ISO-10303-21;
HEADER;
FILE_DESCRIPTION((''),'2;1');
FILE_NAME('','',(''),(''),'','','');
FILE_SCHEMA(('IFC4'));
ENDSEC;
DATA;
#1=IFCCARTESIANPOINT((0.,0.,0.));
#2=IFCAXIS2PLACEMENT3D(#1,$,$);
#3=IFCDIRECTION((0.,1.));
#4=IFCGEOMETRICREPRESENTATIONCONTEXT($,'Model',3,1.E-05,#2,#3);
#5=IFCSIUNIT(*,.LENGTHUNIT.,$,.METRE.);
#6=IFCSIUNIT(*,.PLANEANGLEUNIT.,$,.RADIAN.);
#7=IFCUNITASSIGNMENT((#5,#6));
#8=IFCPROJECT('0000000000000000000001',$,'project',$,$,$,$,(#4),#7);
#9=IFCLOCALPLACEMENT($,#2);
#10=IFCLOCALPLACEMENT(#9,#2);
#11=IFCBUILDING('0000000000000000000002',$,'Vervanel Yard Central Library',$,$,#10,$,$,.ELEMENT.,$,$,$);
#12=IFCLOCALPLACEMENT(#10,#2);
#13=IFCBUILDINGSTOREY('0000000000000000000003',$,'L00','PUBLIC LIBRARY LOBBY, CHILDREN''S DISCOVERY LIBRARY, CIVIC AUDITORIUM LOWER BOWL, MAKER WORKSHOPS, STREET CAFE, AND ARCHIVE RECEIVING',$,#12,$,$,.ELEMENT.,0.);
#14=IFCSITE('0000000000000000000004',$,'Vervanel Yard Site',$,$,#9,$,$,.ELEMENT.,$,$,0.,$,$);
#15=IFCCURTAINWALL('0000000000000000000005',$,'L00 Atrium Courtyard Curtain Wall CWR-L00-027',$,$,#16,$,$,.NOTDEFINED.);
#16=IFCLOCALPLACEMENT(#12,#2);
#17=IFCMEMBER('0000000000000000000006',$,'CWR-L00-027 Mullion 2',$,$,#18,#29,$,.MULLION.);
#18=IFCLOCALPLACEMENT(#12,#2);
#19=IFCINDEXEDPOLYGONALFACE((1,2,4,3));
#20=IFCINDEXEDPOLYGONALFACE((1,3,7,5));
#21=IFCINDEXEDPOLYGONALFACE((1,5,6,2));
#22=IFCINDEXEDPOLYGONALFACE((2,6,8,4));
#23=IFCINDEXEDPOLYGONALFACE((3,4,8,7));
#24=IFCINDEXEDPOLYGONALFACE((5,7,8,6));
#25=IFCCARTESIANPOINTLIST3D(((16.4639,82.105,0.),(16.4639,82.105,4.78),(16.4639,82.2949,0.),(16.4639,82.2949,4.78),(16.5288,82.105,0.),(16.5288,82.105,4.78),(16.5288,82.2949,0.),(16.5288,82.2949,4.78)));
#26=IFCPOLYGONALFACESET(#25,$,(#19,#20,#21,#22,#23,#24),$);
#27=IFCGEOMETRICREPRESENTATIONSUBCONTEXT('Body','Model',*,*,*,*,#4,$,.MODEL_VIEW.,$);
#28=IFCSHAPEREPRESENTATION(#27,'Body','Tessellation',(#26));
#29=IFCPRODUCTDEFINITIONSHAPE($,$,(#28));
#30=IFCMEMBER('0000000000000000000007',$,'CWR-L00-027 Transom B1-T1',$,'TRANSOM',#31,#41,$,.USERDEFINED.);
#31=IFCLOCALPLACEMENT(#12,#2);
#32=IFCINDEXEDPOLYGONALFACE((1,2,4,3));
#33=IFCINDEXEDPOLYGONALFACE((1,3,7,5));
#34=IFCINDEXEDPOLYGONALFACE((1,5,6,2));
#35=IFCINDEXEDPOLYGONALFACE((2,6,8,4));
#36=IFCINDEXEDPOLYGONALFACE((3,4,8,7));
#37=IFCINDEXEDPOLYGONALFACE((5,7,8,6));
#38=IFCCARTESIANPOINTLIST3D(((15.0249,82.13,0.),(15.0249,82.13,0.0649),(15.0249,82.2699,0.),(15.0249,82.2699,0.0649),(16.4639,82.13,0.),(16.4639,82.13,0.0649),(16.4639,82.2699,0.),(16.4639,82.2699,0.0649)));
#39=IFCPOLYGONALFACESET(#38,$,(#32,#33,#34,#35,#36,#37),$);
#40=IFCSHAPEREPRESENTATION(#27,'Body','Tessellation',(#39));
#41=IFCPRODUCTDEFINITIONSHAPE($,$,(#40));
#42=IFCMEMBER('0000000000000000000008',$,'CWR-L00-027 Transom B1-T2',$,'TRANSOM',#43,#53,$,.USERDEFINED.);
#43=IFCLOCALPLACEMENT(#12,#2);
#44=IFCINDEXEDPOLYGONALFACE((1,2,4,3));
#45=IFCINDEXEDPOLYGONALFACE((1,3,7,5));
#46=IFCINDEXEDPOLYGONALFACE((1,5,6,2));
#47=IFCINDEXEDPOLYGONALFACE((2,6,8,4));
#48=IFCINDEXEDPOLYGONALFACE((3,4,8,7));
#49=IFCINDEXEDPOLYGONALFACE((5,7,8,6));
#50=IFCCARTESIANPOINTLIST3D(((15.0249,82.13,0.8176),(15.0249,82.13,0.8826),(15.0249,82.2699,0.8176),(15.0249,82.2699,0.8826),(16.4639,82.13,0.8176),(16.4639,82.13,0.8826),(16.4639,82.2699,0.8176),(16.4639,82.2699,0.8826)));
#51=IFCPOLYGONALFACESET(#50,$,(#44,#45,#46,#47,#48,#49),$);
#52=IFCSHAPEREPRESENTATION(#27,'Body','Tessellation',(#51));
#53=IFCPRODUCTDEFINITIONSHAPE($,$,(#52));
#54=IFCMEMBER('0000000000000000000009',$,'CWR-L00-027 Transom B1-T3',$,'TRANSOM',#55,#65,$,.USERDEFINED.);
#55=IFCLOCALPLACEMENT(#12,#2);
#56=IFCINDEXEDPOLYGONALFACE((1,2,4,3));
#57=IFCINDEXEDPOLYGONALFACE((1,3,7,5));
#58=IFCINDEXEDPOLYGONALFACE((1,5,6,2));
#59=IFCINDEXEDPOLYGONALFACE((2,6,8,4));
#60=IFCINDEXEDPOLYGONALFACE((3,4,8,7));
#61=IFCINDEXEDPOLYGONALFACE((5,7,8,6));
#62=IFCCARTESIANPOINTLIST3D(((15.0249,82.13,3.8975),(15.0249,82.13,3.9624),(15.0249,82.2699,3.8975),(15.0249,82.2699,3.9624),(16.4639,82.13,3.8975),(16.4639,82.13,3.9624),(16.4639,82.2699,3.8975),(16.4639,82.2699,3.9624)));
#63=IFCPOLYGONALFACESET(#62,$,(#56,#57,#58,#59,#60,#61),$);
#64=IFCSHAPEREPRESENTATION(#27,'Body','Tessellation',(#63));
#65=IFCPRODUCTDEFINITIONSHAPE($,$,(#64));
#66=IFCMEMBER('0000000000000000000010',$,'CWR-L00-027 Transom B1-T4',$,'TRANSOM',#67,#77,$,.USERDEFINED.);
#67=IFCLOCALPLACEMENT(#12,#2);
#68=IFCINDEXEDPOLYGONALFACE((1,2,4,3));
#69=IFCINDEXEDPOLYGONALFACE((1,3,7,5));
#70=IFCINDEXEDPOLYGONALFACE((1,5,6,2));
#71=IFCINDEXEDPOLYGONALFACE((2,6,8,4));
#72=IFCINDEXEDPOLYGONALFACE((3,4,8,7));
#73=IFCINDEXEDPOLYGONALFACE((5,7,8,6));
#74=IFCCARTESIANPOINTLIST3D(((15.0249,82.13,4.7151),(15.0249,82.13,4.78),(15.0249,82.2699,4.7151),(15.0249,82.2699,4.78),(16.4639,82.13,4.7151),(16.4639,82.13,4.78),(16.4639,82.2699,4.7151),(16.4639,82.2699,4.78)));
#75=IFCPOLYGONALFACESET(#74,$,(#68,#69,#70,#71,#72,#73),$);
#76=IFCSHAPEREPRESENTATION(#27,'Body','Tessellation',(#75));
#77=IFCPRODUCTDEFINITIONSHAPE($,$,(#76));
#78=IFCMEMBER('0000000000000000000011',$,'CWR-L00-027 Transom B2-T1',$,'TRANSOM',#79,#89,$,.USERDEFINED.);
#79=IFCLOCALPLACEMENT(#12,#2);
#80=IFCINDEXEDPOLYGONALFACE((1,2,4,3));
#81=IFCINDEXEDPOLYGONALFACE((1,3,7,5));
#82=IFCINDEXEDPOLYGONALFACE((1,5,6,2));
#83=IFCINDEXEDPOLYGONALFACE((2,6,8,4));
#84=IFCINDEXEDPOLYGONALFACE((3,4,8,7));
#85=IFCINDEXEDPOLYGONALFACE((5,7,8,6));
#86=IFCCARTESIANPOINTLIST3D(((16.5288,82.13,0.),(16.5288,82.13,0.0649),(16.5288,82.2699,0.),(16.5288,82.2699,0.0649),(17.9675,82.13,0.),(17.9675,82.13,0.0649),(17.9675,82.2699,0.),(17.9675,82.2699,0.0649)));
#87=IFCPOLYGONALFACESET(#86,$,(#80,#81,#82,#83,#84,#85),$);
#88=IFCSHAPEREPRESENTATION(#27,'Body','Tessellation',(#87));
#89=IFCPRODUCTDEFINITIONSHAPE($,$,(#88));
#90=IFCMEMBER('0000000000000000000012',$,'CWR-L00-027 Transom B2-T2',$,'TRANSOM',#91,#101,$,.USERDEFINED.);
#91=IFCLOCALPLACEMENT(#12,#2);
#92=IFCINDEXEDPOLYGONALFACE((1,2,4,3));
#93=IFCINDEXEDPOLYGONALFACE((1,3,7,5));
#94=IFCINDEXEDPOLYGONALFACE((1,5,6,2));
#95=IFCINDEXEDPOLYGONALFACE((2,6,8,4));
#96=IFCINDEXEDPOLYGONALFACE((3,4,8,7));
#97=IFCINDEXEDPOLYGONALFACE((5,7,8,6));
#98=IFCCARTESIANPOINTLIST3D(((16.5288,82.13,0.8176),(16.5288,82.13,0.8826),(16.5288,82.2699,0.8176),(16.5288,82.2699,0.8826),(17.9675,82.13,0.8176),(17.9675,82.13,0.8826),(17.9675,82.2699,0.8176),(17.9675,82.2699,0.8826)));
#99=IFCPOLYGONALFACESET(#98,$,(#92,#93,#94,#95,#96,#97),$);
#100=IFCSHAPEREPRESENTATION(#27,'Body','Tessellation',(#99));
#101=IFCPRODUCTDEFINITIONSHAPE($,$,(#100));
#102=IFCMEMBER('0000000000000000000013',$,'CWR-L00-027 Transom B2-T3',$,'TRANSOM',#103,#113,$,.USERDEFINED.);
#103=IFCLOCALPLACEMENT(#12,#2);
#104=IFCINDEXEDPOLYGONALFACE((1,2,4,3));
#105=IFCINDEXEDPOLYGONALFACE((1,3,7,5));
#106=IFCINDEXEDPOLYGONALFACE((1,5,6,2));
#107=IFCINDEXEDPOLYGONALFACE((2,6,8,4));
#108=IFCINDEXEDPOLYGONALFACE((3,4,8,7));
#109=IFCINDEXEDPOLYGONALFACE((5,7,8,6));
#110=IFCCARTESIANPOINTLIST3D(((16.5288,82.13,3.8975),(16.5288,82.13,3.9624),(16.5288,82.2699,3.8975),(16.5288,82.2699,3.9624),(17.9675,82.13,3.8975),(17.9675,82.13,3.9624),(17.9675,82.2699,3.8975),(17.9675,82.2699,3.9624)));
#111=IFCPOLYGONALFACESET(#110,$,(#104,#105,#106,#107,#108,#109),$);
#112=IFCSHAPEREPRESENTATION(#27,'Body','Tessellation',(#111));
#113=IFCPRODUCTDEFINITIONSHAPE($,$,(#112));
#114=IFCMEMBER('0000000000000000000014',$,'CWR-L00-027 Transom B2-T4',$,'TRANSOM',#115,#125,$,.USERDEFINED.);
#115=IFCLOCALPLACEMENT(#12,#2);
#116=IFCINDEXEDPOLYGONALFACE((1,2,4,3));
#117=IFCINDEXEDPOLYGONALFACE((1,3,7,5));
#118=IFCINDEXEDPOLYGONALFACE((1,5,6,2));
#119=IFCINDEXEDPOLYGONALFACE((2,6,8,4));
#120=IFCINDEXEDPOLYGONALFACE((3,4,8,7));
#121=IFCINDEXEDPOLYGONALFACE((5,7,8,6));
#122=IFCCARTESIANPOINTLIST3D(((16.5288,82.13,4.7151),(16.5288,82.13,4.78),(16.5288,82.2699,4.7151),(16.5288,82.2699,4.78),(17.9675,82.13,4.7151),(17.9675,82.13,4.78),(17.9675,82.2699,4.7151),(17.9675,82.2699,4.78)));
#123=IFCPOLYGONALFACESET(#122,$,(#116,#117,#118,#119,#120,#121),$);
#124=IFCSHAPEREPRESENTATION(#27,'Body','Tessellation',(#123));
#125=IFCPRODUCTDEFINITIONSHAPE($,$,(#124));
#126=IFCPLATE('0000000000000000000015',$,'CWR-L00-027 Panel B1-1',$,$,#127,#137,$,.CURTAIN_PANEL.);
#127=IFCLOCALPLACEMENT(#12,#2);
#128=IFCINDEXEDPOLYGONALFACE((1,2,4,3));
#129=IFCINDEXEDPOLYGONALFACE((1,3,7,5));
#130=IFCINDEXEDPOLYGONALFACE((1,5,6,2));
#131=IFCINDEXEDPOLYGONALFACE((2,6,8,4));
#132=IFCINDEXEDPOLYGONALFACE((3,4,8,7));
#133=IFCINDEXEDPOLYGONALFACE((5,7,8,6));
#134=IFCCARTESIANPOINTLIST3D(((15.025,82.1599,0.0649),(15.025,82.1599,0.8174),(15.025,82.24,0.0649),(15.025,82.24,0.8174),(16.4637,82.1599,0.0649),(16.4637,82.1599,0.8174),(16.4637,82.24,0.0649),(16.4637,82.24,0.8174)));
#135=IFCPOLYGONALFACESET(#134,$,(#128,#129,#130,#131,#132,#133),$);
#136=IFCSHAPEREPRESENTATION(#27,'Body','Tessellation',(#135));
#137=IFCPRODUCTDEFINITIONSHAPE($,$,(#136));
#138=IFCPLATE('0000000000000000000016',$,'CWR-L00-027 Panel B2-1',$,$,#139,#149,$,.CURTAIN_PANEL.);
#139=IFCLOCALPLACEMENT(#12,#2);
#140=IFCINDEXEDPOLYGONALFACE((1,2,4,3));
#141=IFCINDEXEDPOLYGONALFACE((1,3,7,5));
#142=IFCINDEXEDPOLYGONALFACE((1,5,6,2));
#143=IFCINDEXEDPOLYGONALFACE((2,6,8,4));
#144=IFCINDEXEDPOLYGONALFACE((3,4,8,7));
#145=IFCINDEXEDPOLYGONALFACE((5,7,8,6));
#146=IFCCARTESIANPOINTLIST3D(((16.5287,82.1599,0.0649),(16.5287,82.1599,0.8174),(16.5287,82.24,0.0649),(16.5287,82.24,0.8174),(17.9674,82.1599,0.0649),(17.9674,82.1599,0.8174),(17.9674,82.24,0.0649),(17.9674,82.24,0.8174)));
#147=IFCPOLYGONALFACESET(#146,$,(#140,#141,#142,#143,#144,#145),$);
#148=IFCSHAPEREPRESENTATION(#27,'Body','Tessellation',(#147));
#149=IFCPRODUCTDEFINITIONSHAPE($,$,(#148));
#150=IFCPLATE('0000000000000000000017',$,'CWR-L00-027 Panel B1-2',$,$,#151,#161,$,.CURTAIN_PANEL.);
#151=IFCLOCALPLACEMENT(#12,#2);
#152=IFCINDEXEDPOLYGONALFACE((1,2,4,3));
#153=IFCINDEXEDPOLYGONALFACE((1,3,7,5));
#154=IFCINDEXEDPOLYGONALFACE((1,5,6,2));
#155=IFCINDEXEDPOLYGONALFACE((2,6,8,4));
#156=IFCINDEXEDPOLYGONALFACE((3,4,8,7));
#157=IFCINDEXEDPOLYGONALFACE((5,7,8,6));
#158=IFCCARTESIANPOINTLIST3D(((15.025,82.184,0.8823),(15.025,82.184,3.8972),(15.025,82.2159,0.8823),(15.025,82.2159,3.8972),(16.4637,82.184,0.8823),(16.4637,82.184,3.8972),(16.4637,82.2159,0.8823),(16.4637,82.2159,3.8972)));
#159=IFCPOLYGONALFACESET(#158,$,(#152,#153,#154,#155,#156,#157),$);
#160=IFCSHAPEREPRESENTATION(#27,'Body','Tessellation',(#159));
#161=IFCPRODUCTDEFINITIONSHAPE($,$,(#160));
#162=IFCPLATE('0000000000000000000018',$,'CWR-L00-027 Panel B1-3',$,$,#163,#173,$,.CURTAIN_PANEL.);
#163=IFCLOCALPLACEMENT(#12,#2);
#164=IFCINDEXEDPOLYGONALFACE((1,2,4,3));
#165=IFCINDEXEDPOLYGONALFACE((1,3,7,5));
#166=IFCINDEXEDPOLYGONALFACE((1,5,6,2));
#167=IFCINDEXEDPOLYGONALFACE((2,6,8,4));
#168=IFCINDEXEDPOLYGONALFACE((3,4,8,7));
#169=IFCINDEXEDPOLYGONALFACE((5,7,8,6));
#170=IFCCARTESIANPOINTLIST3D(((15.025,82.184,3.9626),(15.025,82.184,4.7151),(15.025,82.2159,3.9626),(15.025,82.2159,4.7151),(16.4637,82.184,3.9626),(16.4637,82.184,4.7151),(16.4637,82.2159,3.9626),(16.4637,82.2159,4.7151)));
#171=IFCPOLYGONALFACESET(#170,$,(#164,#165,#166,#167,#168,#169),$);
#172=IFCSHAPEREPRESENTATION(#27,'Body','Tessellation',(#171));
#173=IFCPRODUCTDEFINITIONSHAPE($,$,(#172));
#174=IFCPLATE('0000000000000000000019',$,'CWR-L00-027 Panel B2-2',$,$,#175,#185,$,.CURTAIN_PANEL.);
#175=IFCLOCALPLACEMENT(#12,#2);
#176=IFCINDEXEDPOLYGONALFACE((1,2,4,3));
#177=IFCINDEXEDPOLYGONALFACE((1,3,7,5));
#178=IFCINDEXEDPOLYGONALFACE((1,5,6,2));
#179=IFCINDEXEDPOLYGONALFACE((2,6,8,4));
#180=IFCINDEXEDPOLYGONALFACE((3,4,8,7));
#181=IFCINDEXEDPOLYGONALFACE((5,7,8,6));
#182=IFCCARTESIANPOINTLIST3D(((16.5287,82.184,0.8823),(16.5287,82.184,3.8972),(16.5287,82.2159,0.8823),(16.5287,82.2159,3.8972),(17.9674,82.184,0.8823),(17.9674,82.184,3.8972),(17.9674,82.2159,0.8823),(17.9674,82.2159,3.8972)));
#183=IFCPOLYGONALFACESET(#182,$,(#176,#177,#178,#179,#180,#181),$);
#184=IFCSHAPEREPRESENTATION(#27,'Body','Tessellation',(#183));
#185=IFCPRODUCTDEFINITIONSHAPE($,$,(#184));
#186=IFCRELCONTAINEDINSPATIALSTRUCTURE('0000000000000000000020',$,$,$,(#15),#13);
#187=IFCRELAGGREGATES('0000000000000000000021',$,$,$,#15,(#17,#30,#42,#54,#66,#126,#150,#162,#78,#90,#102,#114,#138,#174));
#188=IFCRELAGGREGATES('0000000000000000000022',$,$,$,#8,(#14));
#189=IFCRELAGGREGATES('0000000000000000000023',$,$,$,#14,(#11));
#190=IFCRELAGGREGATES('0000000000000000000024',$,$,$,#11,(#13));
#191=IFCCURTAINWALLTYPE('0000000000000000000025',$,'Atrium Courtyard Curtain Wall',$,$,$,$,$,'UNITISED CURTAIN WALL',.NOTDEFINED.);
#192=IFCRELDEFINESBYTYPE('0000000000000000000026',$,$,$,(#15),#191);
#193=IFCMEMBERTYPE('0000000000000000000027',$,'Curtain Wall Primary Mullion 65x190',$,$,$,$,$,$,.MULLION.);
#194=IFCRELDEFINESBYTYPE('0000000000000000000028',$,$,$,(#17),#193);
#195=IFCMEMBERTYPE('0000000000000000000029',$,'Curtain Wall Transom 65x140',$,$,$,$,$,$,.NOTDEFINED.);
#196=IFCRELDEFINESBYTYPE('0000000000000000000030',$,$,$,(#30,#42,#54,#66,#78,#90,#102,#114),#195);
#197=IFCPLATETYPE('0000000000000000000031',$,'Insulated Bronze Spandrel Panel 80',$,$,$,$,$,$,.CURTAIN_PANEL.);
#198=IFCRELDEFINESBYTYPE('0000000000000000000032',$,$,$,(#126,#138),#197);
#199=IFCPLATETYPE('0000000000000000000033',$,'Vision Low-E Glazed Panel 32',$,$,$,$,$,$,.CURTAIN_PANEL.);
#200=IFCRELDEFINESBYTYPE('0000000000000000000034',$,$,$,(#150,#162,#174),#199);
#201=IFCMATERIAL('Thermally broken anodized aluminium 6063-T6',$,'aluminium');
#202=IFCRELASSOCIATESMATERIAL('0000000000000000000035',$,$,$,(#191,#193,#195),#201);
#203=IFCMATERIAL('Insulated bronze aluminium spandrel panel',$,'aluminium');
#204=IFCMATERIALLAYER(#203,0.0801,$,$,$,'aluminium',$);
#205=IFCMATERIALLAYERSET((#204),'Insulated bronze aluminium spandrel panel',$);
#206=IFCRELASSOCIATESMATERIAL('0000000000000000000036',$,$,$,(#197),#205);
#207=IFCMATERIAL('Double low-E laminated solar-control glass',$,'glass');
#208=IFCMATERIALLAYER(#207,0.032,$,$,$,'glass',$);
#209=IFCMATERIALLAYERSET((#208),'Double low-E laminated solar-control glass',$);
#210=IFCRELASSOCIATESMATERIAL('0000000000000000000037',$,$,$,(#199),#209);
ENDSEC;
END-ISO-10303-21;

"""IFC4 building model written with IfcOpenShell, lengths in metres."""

from ifc_helpers import new_model, si_unit, direction, frame, origin, origin_2d, place, context, subcontext, project, spatial, rectangle, extrude, material, layer, layer_set, material_profile, profile_set, type_object, element, aggregate, save


model = new_model("IFC4")

# Units and contexts
model_context = context("Model", 3, precision=1e-05, world=origin(), true_north=direction((0.0, 1.0)))
body_context = subcontext(model_context, "Body", "Model", "MODEL_VIEW")
ifc_project = project(units=[si_unit("LENGTHUNIT", "METRE"), si_unit("PLANEANGLEUNIT", "RADIAN")], contexts=[model_context])

# Site, building, storey
site_placement = place(None, origin())
site = spatial("IfcSite", under=ifc_project, at=site_placement, Name="Vervanel Yard Site", CompositionType="ELEMENT", RefElevation=0.0)
building_placement = place(site_placement, origin())
building = spatial("IfcBuilding", under=site, at=building_placement, Name="Vervanel Yard Central Library", CompositionType="ELEMENT")
storey_placement = place(building_placement, origin())
storey = spatial("IfcBuildingStorey", under=building, at=storey_placement, Name="L00", Description="PUBLIC LIBRARY LOBBY, CHILDREN'S DISCOVERY LIBRARY, CIVIC AUDITORIUM LOWER BOWL, MAKER WORKSHOPS, STREET CAFE, AND ARCHIVE RECEIVING", CompositionType="ELEMENT", Elevation=0.0)

# Curtain wall, members, plates
ifc_material_1 = material(Name="Thermally broken anodized aluminium 6063-T6", Category="aluminium")
curtain_wall_type = type_object("IfcCurtainWallType", Name="Atrium Courtyard Curtain Wall", ElementType="UNITISED CURTAIN WALL", PredefinedType="NOTDEFINED", material=ifc_material_1)
curtain_wall_placement = place(storey_placement, origin())
curtain_wall = element("IfcCurtainWall", 1, at=curtain_wall_placement, inside=storey, type_object=curtain_wall_type, Name="L00 Atrium Courtyard Curtain Wall CWR-L00-027", PredefinedType="NOTDEFINED")
ifc_material_profile_1 = material_profile(ifc_material_1, rectangle(XDim=0.0649, YDim=0.1899, at=origin_2d()), Name="ALU 65x190", Category="aluminium")
ifc_profile_set_1 = profile_set([ifc_material_profile_1], Name="Thermally broken anodized aluminium 6063-T6")
member_type_1 = type_object("IfcMemberType", Name="Curtain Wall Primary Mullion 65x190", PredefinedType="MULLION", material=ifc_profile_set_1)
member_1_placement = place(storey_placement, frame((16.4963, 82.2, 0.0), z_axis=(0.0, 0.0, 1.0), x_axis=(1.0, 0.0, 0.0)))
member_1 = element("IfcMember", 2, at=member_1_placement, type_object=member_type_1, Name="CWR-L00-027 Mullion 2", PredefinedType="MULLION", context=body_context, shape_type="SweptSolid", body=[
    extrude(rectangle(XDim=0.0649, YDim=0.1899, at=origin_2d()), origin(), (0.0, 0.0, 1.0), 4.78),
])
ifc_material_profile_2 = material_profile(ifc_material_1, rectangle(XDim=0.0649, YDim=0.1399, at=origin_2d()), Name="ALU 65x140", Category="aluminium")
ifc_profile_set_2 = profile_set([ifc_material_profile_2], Name="Thermally broken anodized aluminium 6063-T6")
member_type_2 = type_object("IfcMemberType", Name="Curtain Wall Transom 65x140", PredefinedType="NOTDEFINED", material=ifc_profile_set_2)
member_2_placement = place(storey_placement, frame((15.0249, 82.2, 0.0325), z_axis=(1.0, 0.0, 0.0), x_axis=(0.0, 0.0, 1.0)))
member_2 = element("IfcMember", 3, at=member_2_placement, type_object=member_type_2, Name="CWR-L00-027 Transom B1-T1", ObjectType="TRANSOM", PredefinedType="USERDEFINED", context=body_context, shape_type="SweptSolid", body=[
    extrude(rectangle(XDim=0.0649, YDim=0.1399, at=origin_2d()), origin(), (0.0, 0.0, 1.0), 1.439),
])
member_3_placement = place(storey_placement, frame((15.0249, 82.2, 0.8501), z_axis=(1.0, 0.0, 0.0), x_axis=(0.0, 0.0, 1.0)))
member_3 = element("IfcMember", 4, at=member_3_placement, type_object=member_type_2, Name="CWR-L00-027 Transom B1-T2", ObjectType="TRANSOM", PredefinedType="USERDEFINED", context=body_context, shape_type="SweptSolid", body=[
    extrude(rectangle(XDim=0.0649, YDim=0.1399, at=origin_2d()), origin(), (0.0, 0.0, 1.0), 1.439),
])
member_4_placement = place(storey_placement, frame((15.0249, 82.2, 3.9299), z_axis=(1.0, 0.0, 0.0), x_axis=(0.0, 0.0, 1.0)))
member_4 = element("IfcMember", 5, at=member_4_placement, type_object=member_type_2, Name="CWR-L00-027 Transom B1-T3", ObjectType="TRANSOM", PredefinedType="USERDEFINED", context=body_context, shape_type="SweptSolid", body=[
    extrude(rectangle(XDim=0.0649, YDim=0.1399, at=origin_2d()), origin(), (0.0, 0.0, 1.0), 1.439),
])
member_5_placement = place(storey_placement, frame((15.0249, 82.2, 4.7476), z_axis=(1.0, 0.0, 0.0), x_axis=(0.0, 0.0, 1.0)))
member_5 = element("IfcMember", 6, at=member_5_placement, type_object=member_type_2, Name="CWR-L00-027 Transom B1-T4", ObjectType="TRANSOM", PredefinedType="USERDEFINED", context=body_context, shape_type="SweptSolid", body=[
    extrude(rectangle(XDim=0.0649, YDim=0.1399, at=origin_2d()), origin(), (0.0, 0.0, 1.0), 1.439),
])
member_6_placement = place(storey_placement, frame((16.5288, 82.2, 0.0325), z_axis=(1.0, 0.0, 0.0), x_axis=(0.0, 0.0, 1.0)))
member_6 = element("IfcMember", 7, at=member_6_placement, type_object=member_type_2, Name="CWR-L00-027 Transom B2-T1", ObjectType="TRANSOM", PredefinedType="USERDEFINED", context=body_context, shape_type="SweptSolid", body=[
    extrude(rectangle(XDim=0.0649, YDim=0.1399, at=origin_2d()), origin(), (0.0, 0.0, 1.0), 1.4387),
])
member_7_placement = place(storey_placement, frame((16.5288, 82.2, 0.8501), z_axis=(1.0, 0.0, 0.0), x_axis=(0.0, 0.0, 1.0)))
member_7 = element("IfcMember", 8, at=member_7_placement, type_object=member_type_2, Name="CWR-L00-027 Transom B2-T2", ObjectType="TRANSOM", PredefinedType="USERDEFINED", context=body_context, shape_type="SweptSolid", body=[
    extrude(rectangle(XDim=0.0649, YDim=0.1399, at=origin_2d()), origin(), (0.0, 0.0, 1.0), 1.4387),
])
member_8_placement = place(storey_placement, frame((16.5288, 82.2, 3.9299), z_axis=(1.0, 0.0, 0.0), x_axis=(0.0, 0.0, 1.0)))
member_8 = element("IfcMember", 9, at=member_8_placement, type_object=member_type_2, Name="CWR-L00-027 Transom B2-T3", ObjectType="TRANSOM", PredefinedType="USERDEFINED", context=body_context, shape_type="SweptSolid", body=[
    extrude(rectangle(XDim=0.0649, YDim=0.1399, at=origin_2d()), origin(), (0.0, 0.0, 1.0), 1.4387),
])
member_9_placement = place(storey_placement, frame((16.5288, 82.2, 4.7476), z_axis=(1.0, 0.0, 0.0), x_axis=(0.0, 0.0, 1.0)))
member_9 = element("IfcMember", 10, at=member_9_placement, type_object=member_type_2, Name="CWR-L00-027 Transom B2-T4", ObjectType="TRANSOM", PredefinedType="USERDEFINED", context=body_context, shape_type="SweptSolid", body=[
    extrude(rectangle(XDim=0.0649, YDim=0.1399, at=origin_2d()), origin(), (0.0, 0.0, 1.0), 1.4387),
])
ifc_material_2 = material(Name="Insulated bronze aluminium spandrel panel", Category="aluminium")
ifc_layer_1 = layer(ifc_material_2, 0.0801, Category="aluminium")
ifc_layer_set_1 = layer_set([ifc_layer_1], Name="Insulated bronze aluminium spandrel panel")
plate_type_1 = type_object("IfcPlateType", Name="Insulated Bronze Spandrel Panel 80", PredefinedType="CURTAIN_PANEL", material=ifc_layer_set_1)
plate_1_placement = place(storey_placement, frame((15.7444, 82.2, 0.0649), z_axis=(0.0, 0.0, 1.0), x_axis=(1.0, 0.0, 0.0)))
plate_1 = element("IfcPlate", 11, at=plate_1_placement, type_object=plate_type_1, Name="CWR-L00-027 Panel B1-1", PredefinedType="CURTAIN_PANEL", context=body_context, shape_type="SweptSolid", body=[
    extrude(rectangle(XDim=1.4387, YDim=0.0801, at=origin_2d()), origin(), (0.0, 0.0, 1.0), 0.7524),
])
plate_2_placement = place(storey_placement, frame((17.248, 82.2, 0.0649), z_axis=(0.0, 0.0, 1.0), x_axis=(1.0, 0.0, 0.0)))
plate_2 = element("IfcPlate", 12, at=plate_2_placement, type_object=plate_type_1, Name="CWR-L00-027 Panel B2-1", PredefinedType="CURTAIN_PANEL", context=body_context, shape_type="SweptSolid", body=[
    extrude(rectangle(XDim=1.4387, YDim=0.0801, at=origin_2d()), origin(), (0.0, 0.0, 1.0), 0.7524),
])
ifc_material_3 = material(Name="Double low-E laminated solar-control glass", Category="glass")
ifc_layer_2 = layer(ifc_material_3, 0.032, Category="glass")
ifc_layer_set_2 = layer_set([ifc_layer_2], Name="Double low-E laminated solar-control glass")
plate_type_2 = type_object("IfcPlateType", Name="Vision Low-E Glazed Panel 32", PredefinedType="CURTAIN_PANEL", material=ifc_layer_set_2)
plate_3_placement = place(storey_placement, frame((15.7444, 82.2, 0.8823), z_axis=(0.0, 0.0, 1.0), x_axis=(1.0, 0.0, 0.0)))
plate_3 = element("IfcPlate", 13, at=plate_3_placement, type_object=plate_type_2, Name="CWR-L00-027 Panel B1-2", PredefinedType="CURTAIN_PANEL", context=body_context, shape_type="SweptSolid", body=[
    extrude(rectangle(XDim=1.4387, YDim=0.032, at=origin_2d()), origin(), (0.0, 0.0, 1.0), 3.0149),
])
plate_4_placement = place(storey_placement, frame((15.7444, 82.2, 3.9626), z_axis=(0.0, 0.0, 1.0), x_axis=(1.0, 0.0, 0.0)))
plate_4 = element("IfcPlate", 14, at=plate_4_placement, type_object=plate_type_2, Name="CWR-L00-027 Panel B1-3", PredefinedType="CURTAIN_PANEL", context=body_context, shape_type="SweptSolid", body=[
    extrude(rectangle(XDim=1.4387, YDim=0.032, at=origin_2d()), origin(), (0.0, 0.0, 1.0), 0.7524),
])
plate_5_placement = place(storey_placement, frame((17.248, 82.2, 0.8823), z_axis=(0.0, 0.0, 1.0), x_axis=(1.0, 0.0, 0.0)))
plate_5 = element("IfcPlate", 15, at=plate_5_placement, type_object=plate_type_2, Name="CWR-L00-027 Panel B2-2", PredefinedType="CURTAIN_PANEL", context=body_context, shape_type="SweptSolid", body=[
    extrude(rectangle(XDim=1.4387, YDim=0.032, at=origin_2d()), origin(), (0.0, 0.0, 1.0), 3.0149),
])
aggregate(curtain_wall, [member_1, member_2, member_3, member_4, member_5, plate_1, plate_3, plate_4, member_6, member_7, member_8, member_9, plate_2, plate_5])

save(model, "model.ifc")
